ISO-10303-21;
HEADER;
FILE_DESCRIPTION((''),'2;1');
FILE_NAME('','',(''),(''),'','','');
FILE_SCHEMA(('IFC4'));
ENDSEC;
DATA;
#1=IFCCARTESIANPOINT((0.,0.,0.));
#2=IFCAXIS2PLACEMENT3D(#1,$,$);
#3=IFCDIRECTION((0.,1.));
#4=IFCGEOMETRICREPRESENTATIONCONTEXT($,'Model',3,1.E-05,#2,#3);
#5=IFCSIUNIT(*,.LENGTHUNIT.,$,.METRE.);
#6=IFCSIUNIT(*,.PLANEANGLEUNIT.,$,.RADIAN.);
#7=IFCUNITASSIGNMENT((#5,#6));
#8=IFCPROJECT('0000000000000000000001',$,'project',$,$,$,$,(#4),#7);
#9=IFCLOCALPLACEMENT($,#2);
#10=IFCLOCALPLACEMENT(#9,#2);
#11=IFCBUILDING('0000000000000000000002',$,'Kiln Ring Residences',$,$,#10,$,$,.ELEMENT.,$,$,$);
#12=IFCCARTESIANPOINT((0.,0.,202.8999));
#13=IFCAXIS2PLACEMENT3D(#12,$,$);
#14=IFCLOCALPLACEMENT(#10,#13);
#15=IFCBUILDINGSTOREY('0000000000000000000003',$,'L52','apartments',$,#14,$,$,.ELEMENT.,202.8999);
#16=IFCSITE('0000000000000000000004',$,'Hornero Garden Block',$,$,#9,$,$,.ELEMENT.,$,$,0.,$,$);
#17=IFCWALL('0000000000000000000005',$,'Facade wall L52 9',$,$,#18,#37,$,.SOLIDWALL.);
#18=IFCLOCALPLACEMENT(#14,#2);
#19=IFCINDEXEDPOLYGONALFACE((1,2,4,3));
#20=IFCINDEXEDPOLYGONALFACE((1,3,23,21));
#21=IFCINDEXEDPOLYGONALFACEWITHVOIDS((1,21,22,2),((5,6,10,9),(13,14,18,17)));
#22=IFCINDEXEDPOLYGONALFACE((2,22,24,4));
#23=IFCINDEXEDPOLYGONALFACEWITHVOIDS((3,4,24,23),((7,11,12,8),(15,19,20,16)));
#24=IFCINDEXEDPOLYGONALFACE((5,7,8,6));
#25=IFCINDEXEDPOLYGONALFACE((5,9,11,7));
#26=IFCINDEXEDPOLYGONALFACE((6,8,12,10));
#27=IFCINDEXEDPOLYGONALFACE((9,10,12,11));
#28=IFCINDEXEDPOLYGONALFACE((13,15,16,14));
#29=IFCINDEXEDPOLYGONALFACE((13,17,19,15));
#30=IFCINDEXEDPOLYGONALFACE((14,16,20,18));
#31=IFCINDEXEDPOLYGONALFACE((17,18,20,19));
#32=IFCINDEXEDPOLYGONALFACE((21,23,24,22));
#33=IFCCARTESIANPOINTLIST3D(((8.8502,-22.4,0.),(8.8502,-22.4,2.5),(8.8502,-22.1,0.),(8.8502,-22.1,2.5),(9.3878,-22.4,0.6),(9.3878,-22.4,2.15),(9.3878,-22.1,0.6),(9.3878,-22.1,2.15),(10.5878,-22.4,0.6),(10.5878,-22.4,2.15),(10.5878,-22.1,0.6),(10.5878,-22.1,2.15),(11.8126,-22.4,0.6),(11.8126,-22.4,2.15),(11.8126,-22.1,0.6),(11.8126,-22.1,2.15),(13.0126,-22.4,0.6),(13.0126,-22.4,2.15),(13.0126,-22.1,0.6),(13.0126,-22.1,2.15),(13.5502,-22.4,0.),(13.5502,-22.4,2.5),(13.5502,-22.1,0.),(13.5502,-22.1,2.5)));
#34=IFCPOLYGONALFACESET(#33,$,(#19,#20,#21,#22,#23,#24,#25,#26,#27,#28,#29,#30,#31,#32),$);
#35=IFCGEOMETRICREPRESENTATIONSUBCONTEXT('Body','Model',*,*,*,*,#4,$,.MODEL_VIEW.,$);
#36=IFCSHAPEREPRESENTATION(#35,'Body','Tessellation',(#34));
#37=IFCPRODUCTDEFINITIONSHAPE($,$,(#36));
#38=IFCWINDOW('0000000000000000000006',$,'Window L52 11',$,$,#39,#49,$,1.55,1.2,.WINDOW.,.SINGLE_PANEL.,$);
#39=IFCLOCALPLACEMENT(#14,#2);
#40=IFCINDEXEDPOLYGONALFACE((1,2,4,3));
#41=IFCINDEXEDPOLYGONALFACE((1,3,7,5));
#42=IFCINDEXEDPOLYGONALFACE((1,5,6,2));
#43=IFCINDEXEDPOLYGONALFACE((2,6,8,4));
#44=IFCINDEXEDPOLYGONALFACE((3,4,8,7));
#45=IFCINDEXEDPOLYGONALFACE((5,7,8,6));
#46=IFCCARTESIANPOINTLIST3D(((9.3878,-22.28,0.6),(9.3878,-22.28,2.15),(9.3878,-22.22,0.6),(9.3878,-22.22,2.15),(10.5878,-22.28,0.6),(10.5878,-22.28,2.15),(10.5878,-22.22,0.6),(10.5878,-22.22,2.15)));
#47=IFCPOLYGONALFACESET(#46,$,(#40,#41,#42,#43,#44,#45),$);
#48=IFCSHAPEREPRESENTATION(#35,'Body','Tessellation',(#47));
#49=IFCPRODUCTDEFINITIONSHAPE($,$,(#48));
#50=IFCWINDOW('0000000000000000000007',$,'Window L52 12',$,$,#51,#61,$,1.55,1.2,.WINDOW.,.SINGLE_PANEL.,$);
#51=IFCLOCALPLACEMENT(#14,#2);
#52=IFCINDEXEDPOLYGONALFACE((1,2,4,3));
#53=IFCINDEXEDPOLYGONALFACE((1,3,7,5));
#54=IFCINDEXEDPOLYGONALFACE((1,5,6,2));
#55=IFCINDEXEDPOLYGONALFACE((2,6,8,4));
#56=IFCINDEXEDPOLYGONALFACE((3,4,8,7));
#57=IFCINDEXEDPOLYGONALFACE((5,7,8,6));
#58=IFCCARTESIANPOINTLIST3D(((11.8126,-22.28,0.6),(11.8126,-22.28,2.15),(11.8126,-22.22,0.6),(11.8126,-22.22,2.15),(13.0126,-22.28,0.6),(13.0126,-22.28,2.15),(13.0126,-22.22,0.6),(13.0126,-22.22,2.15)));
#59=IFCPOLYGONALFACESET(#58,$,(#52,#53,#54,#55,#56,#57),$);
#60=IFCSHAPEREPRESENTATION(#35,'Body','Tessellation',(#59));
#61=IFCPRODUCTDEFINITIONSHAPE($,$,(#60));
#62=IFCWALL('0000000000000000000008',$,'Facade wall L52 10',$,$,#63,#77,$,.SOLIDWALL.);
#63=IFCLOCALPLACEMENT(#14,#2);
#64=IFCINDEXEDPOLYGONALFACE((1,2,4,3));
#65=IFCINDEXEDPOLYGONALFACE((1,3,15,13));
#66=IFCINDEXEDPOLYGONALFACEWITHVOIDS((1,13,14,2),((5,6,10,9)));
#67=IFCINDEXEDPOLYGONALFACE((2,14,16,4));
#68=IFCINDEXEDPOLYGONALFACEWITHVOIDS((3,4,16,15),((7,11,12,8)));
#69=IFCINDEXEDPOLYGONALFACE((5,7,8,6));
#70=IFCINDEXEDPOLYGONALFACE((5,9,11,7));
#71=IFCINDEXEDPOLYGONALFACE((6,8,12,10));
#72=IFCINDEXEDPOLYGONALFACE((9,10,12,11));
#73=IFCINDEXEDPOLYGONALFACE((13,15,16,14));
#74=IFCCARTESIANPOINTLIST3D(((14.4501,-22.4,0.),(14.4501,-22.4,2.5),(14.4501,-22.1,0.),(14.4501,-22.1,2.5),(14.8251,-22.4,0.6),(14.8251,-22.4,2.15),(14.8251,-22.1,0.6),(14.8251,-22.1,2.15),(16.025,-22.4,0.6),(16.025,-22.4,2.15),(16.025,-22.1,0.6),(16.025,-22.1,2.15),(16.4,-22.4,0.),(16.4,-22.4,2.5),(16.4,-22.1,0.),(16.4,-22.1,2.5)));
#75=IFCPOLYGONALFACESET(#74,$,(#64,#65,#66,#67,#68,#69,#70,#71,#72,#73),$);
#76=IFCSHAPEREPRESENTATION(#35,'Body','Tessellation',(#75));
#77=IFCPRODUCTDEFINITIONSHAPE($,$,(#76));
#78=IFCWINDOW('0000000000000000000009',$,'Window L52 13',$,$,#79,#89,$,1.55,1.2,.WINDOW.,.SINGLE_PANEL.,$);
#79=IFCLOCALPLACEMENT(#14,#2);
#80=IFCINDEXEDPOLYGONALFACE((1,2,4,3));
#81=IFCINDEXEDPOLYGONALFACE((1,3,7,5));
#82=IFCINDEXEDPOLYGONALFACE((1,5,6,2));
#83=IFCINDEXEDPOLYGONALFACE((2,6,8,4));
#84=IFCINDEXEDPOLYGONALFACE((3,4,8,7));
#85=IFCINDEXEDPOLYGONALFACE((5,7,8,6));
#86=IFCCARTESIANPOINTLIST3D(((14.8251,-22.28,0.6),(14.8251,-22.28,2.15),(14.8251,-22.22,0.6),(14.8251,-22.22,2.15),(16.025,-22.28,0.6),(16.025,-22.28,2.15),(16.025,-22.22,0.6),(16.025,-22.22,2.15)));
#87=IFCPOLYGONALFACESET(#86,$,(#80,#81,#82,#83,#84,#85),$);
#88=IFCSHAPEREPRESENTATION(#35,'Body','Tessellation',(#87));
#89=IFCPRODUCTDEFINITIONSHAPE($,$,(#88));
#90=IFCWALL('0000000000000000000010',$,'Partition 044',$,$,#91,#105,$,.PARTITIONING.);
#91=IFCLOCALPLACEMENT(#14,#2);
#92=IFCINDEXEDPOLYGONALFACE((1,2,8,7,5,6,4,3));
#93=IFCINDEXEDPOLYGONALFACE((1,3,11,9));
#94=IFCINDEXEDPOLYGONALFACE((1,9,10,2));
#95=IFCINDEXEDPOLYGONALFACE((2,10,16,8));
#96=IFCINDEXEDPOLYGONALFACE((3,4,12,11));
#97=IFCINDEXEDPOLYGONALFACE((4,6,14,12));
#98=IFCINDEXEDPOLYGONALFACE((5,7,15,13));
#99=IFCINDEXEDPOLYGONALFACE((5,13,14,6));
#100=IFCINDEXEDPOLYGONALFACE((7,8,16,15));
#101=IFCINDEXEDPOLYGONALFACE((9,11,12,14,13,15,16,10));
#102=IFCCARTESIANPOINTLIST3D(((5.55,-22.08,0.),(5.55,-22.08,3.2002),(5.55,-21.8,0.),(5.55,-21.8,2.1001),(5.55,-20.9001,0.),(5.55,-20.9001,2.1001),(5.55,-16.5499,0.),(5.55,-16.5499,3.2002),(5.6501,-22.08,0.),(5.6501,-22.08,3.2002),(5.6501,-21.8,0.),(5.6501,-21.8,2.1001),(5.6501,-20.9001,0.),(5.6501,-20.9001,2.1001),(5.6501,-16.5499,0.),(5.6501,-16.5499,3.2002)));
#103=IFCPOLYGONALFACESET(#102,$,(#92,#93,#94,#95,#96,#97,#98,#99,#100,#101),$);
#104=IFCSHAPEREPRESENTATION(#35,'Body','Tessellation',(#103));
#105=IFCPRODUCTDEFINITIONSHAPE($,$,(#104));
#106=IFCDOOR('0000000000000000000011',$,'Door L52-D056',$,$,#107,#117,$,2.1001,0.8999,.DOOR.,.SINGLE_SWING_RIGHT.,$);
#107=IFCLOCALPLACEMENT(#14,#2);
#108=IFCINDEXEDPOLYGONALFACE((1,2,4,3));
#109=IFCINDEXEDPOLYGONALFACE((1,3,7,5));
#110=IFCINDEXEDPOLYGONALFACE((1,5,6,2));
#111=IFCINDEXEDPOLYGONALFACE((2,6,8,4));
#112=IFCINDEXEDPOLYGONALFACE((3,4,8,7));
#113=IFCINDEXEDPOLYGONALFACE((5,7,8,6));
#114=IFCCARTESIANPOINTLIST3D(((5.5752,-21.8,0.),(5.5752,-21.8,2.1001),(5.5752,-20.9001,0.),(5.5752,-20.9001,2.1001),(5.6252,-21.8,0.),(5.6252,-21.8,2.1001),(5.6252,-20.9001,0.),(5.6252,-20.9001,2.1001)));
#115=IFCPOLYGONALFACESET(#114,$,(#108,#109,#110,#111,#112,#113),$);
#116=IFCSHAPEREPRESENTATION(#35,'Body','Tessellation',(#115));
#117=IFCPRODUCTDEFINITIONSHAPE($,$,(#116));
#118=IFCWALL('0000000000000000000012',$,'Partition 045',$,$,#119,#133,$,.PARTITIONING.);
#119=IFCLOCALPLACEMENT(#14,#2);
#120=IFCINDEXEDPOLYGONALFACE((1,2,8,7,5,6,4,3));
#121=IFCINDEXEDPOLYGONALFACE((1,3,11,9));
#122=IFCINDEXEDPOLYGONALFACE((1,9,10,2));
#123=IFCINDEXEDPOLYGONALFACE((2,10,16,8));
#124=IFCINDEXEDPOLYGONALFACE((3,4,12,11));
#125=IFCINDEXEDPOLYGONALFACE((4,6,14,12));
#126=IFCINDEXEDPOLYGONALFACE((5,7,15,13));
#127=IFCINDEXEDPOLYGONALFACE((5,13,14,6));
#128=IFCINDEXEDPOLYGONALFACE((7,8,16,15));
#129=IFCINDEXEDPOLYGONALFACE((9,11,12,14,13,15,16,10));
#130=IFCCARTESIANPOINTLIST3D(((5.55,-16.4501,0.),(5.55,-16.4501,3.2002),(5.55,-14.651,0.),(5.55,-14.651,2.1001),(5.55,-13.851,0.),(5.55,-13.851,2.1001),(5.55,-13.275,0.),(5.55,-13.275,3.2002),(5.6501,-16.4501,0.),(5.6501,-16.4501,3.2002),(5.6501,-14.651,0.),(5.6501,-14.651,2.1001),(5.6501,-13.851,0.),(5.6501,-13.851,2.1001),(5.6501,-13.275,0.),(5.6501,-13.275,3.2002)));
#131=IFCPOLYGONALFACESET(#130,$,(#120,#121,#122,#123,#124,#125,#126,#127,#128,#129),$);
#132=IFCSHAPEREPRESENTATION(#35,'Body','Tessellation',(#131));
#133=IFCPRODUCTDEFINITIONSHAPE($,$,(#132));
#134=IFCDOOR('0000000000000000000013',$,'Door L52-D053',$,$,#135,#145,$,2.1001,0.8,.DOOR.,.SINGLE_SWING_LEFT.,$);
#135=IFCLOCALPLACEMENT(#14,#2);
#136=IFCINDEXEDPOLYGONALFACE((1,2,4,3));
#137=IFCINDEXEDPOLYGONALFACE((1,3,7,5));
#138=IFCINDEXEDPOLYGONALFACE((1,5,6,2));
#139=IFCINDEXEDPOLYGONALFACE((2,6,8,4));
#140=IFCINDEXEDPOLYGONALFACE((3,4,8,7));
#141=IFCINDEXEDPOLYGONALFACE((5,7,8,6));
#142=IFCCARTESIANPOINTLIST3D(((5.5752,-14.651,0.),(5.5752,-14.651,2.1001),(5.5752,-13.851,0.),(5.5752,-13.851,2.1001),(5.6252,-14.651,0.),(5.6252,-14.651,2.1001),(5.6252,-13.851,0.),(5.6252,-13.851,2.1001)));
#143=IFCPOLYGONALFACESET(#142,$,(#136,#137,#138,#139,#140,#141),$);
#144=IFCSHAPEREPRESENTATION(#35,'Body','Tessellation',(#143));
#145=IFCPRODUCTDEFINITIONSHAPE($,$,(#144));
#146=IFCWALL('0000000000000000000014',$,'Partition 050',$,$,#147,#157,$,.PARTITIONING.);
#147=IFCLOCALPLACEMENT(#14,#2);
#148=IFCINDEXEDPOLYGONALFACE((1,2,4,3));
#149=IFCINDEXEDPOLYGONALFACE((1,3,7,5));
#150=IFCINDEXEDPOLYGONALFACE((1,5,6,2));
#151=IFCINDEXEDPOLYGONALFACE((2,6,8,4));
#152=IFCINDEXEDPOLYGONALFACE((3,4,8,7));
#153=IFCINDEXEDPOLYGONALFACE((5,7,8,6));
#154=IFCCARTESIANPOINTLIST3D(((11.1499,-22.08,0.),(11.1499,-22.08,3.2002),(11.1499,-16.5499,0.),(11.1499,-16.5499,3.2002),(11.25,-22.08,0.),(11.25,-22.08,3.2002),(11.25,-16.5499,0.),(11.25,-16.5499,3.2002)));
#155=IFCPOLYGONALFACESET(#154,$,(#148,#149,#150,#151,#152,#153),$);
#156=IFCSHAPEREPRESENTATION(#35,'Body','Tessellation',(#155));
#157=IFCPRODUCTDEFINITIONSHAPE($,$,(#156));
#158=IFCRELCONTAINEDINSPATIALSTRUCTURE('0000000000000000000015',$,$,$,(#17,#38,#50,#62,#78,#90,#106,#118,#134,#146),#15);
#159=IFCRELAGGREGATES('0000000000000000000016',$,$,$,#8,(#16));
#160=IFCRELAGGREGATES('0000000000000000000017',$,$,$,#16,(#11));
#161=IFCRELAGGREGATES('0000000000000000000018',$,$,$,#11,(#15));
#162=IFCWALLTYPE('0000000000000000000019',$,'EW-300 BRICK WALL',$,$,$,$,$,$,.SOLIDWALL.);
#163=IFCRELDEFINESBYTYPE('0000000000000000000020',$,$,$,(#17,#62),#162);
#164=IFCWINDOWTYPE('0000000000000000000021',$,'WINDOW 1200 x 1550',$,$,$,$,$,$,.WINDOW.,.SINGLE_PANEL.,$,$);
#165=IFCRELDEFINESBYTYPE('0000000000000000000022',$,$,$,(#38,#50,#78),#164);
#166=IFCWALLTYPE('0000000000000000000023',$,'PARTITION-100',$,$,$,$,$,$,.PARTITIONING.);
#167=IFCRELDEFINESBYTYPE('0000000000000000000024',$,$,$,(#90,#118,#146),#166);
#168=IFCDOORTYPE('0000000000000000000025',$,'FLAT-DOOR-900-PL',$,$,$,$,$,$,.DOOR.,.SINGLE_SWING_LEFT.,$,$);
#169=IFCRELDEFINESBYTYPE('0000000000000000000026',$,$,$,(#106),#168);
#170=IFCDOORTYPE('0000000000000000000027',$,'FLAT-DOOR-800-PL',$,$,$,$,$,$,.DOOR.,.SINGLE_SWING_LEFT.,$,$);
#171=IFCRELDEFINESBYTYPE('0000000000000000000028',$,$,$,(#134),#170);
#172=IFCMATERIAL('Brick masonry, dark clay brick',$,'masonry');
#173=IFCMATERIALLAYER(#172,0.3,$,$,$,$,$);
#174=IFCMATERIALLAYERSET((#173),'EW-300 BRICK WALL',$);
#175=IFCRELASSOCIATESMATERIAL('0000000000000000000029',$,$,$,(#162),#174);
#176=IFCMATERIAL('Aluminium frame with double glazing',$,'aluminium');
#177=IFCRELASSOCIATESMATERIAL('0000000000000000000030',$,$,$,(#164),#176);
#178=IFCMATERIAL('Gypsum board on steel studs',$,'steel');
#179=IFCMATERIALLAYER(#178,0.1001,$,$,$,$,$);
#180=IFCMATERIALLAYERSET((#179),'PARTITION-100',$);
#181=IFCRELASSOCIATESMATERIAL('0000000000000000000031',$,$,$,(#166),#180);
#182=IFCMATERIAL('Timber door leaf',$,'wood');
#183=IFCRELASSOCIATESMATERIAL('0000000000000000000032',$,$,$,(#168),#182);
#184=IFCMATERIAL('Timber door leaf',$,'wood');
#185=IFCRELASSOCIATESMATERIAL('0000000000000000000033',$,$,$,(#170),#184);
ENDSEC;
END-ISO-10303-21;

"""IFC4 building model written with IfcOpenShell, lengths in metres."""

from ifc_helpers import new_model, si_unit, direction, frame, frame_2d, origin, place, context, subcontext, project, spatial, rectangle, extrude, material, layer, layer_set, type_object, element, fill, save


model = new_model("IFC4")

# Units and contexts
model_context = context("Model", 3, precision=1e-05, world=origin(), true_north=direction((0.0, 1.0)))
body_context = subcontext(model_context, "Body", "Model", "MODEL_VIEW")
ifc_project = project(units=[si_unit("LENGTHUNIT", "METRE"), si_unit("PLANEANGLEUNIT", "RADIAN")], contexts=[model_context])

# Site, building, storey
site_placement = place(None, origin())
site = spatial("IfcSite", under=ifc_project, at=site_placement, Name="Hornero Garden Block", CompositionType="ELEMENT", RefElevation=0.0)
building_placement = place(site_placement, origin())
building = spatial("IfcBuilding", under=site, at=building_placement, Name="Kiln Ring Residences", CompositionType="ELEMENT")
storey_placement = place(building_placement, frame((0.0, 0.0, 202.8999)))
storey = spatial("IfcBuildingStorey", under=building, at=storey_placement, Name="L52", Description="apartments", CompositionType="ELEMENT", Elevation=202.8999)

# Wall, openings, windows
ifc_material_1 = material(Name="Brick masonry, dark clay brick", Category="masonry")
ifc_layer_1 = layer(ifc_material_1, 0.3)
ifc_layer_set_1 = layer_set([ifc_layer_1], Name="EW-300 BRICK WALL")
wall_type_1 = type_object("IfcWallType", Name="EW-300 BRICK WALL", PredefinedType="SOLIDWALL", material=ifc_layer_set_1)
ifc_material_2 = material(Name="Aluminium frame with double glazing", Category="aluminium")
window_type = type_object("IfcWindowType", Name="WINDOW 1200 x 1550", PartitioningType="SINGLE_PANEL", PredefinedType="WINDOW", material=ifc_material_2)
wall_1_placement = place(storey_placement, frame((8.8501, -22.25, 0.0), z_axis=(0.0, 0.0, 1.0), x_axis=(1.0, 0.0, 0.0)))
wall_1 = element("IfcWall", 1, at=wall_1_placement, inside=storey, type_object=wall_type_1, Name="Facade wall L52 9", PredefinedType="SOLIDWALL", context=body_context, shape_type="SweptSolid", body=[
    extrude(rectangle(XDim=4.7, YDim=0.3, at=frame_2d((2.3501, 0.0))), origin(), (0.0, 0.0, 1.0), 2.5),
])
opening_1_placement = place(wall_1_placement, frame((0.5376, 0.0, 0.6001)))
opening_1 = element("IfcOpeningElement", 2, at=opening_1_placement, cuts=wall_1, PredefinedType="OPENING", context=body_context, shape_type="SweptSolid", body=[
    extrude(rectangle(XDim=1.2, YDim=1.55, at=frame_2d((0.6001, 0.7749))), frame((0.0, 0.1599, 0.0), z_axis=(0.0, -1.0, 0.0), x_axis=(1.0, 0.0, 0.0)), (0.0, 0.0, 1.0), 0.3201),
])
opening_2_placement = place(wall_1_placement, frame((2.9624, 0.0, 0.6001)))
opening_2 = element("IfcOpeningElement", 3, at=opening_2_placement, cuts=wall_1, PredefinedType="OPENING", context=body_context, shape_type="SweptSolid", body=[
    extrude(rectangle(XDim=1.2, YDim=1.55, at=frame_2d((0.6001, 0.7749))), frame((0.0, 0.1599, 0.0), z_axis=(0.0, -1.0, 0.0), x_axis=(1.0, 0.0, 0.0)), (0.0, 0.0, 1.0), 0.3201),
])
window_1_placement = place(opening_1_placement, origin())
window_1 = element("IfcWindow", 4, at=window_1_placement, inside=storey, type_object=window_type, Name="Window L52 11", OverallHeight=1.55, OverallWidth=1.2, PartitioningType="SINGLE_PANEL", PredefinedType="WINDOW", context=body_context, shape_type="SweptSolid", body=[
    extrude(rectangle(XDim=1.2, YDim=1.55, at=frame_2d((0.6001, 0.7749))), frame((0.0, 0.03, 0.0), z_axis=(0.0, -1.0, 0.0), x_axis=(1.0, 0.0, 0.0)), (0.0, 0.0, 1.0), 0.0601),
])
fill(opening_1, window_1)
window_2_placement = place(opening_2_placement, origin())
window_2 = element("IfcWindow", 5, at=window_2_placement, inside=storey, type_object=window_type, Name="Window L52 12", OverallHeight=1.55, OverallWidth=1.2, PartitioningType="SINGLE_PANEL", PredefinedType="WINDOW", context=body_context, shape_type="SweptSolid", body=[
    extrude(rectangle(XDim=1.2, YDim=1.55, at=frame_2d((0.6001, 0.7749))), frame((0.0, 0.03, 0.0), z_axis=(0.0, -1.0, 0.0), x_axis=(1.0, 0.0, 0.0)), (0.0, 0.0, 1.0), 0.0601),
])
fill(opening_2, window_2)

# Wall, opening, window
wall_2_placement = place(storey_placement, frame((14.45, -22.25, 0.0), z_axis=(0.0, 0.0, 1.0), x_axis=(1.0, 0.0, 0.0)))
wall_2 = element("IfcWall", 6, at=wall_2_placement, inside=storey, type_object=wall_type_1, Name="Facade wall L52 10", PredefinedType="SOLIDWALL", context=body_context, shape_type="SweptSolid", body=[
    extrude(rectangle(XDim=1.95, YDim=0.3, at=frame_2d((0.9751, 0.0))), origin(), (0.0, 0.0, 1.0), 2.5),
])
opening_3_placement = place(wall_2_placement, frame((0.375, 0.0, 0.6001)))
opening_3 = element("IfcOpeningElement", 7, at=opening_3_placement, cuts=wall_2, PredefinedType="OPENING", context=body_context, shape_type="SweptSolid", body=[
    extrude(rectangle(XDim=1.2, YDim=1.55, at=frame_2d((0.6001, 0.7749))), frame((0.0, 0.1599, 0.0), z_axis=(0.0, -1.0, 0.0), x_axis=(1.0, 0.0, 0.0)), (0.0, 0.0, 1.0), 0.3201),
])
window_3_placement = place(opening_3_placement, origin())
window_3 = element("IfcWindow", 8, at=window_3_placement, inside=storey, type_object=window_type, Name="Window L52 13", OverallHeight=1.55, OverallWidth=1.2, PartitioningType="SINGLE_PANEL", PredefinedType="WINDOW", context=body_context, shape_type="SweptSolid", body=[
    extrude(rectangle(XDim=1.2, YDim=1.55, at=frame_2d((0.6001, 0.7749))), frame((0.0, 0.03, 0.0), z_axis=(0.0, -1.0, 0.0), x_axis=(1.0, 0.0, 0.0)), (0.0, 0.0, 1.0), 0.0601),
])
fill(opening_3, window_3)

# Walls, openings, doors
ifc_material_3 = material(Name="Gypsum board on steel studs", Category="steel")
ifc_layer_2 = layer(ifc_material_3, 0.1001)
ifc_layer_set_2 = layer_set([ifc_layer_2], Name="PARTITION-100")
wall_type_2 = type_object("IfcWallType", Name="PARTITION-100", PredefinedType="PARTITIONING", material=ifc_layer_set_2)
wall_3_placement = place(storey_placement, frame((5.6001, -22.0801, 0.0), z_axis=(0.0, 0.0, 1.0), x_axis=(0.0, 1.0, 0.0)))
wall_3 = element("IfcWall", 9, at=wall_3_placement, inside=storey, type_object=wall_type_2, Name="Partition 044", PredefinedType="PARTITIONING", context=body_context, shape_type="SweptSolid", body=[
    extrude(rectangle(XDim=5.53, YDim=0.1001, at=frame_2d((2.7651, 0.0))), origin(), (0.0, 0.0, 1.0), 3.2002),
])
opening_4_placement = place(wall_3_placement, frame((0.28, 0.0, 0.0)))
opening_4 = element("IfcOpeningElement", 10, at=opening_4_placement, cuts=wall_3, PredefinedType="OPENING", context=body_context, shape_type="SweptSolid", body=[
    extrude(rectangle(XDim=0.8999, YDim=2.1001, at=frame_2d((0.45, 1.05))), frame((0.0, 0.0601, 0.0), z_axis=(0.0, -1.0, 0.0), x_axis=(1.0, 0.0, 0.0)), (0.0, 0.0, 1.0), 0.1201),
])
ifc_material_4 = material(Name="Timber door leaf", Category="wood")
door_type_1 = type_object("IfcDoorType", Name="FLAT-DOOR-900-PL", OperationType="SINGLE_SWING_LEFT", PredefinedType="DOOR", material=ifc_material_4)
door_1_placement = place(opening_4_placement, origin())
door_1 = element("IfcDoor", 11, at=door_1_placement, inside=storey, type_object=door_type_1, Name="Door L52-D056", OperationType="SINGLE_SWING_RIGHT", OverallHeight=2.1001, OverallWidth=0.8999, PredefinedType="DOOR", context=body_context, shape_type="SweptSolid", body=[
    extrude(rectangle(XDim=0.8999, YDim=2.1001, at=frame_2d((0.45, 1.05))), frame((0.0, 0.0249, 0.0), z_axis=(0.0, -1.0, 0.0), x_axis=(1.0, 0.0, 0.0)), (0.0, 0.0, 1.0), 0.05),
])
fill(opening_4, door_1)
wall_4_placement = place(storey_placement, frame((5.6001, -16.45, 0.0), z_axis=(0.0, 0.0, 1.0), x_axis=(0.0, 1.0, 0.0)))
wall_4 = element("IfcWall", 12, at=wall_4_placement, inside=storey, type_object=wall_type_2, Name="Partition 045", PredefinedType="PARTITIONING", context=body_context, shape_type="SweptSolid", body=[
    extrude(rectangle(XDim=3.175, YDim=0.1001, at=frame_2d((1.5874, 0.0))), origin(), (0.0, 0.0, 1.0), 3.2002),
])
opening_5_placement = place(wall_4_placement, frame((1.7991, 0.0, 0.0)))
opening_5 = element("IfcOpeningElement", 13, at=opening_5_placement, cuts=wall_4, PredefinedType="OPENING", context=body_context, shape_type="SweptSolid", body=[
    extrude(rectangle(XDim=0.8, YDim=2.1001, at=frame_2d((0.3999, 1.05))), frame((0.0, 0.0601, 0.0), z_axis=(0.0, -1.0, 0.0), x_axis=(1.0, 0.0, 0.0)), (0.0, 0.0, 1.0), 0.1201),
])
ifc_material_5 = material(Name="Timber door leaf", Category="wood")
door_type_2 = type_object("IfcDoorType", Name="FLAT-DOOR-800-PL", OperationType="SINGLE_SWING_LEFT", PredefinedType="DOOR", material=ifc_material_5)
door_2_placement = place(opening_5_placement, origin())
door_2 = element("IfcDoor", 14, at=door_2_placement, inside=storey, type_object=door_type_2, Name="Door L52-D053", OperationType="SINGLE_SWING_LEFT", OverallHeight=2.1001, OverallWidth=0.8, PredefinedType="DOOR", context=body_context, shape_type="SweptSolid", body=[
    extrude(rectangle(XDim=0.8, YDim=2.1001, at=frame_2d((0.3999, 1.05))), frame((0.0, 0.0249, 0.0), z_axis=(0.0, -1.0, 0.0), x_axis=(1.0, 0.0, 0.0)), (0.0, 0.0, 1.0), 0.05),
])
fill(opening_5, door_2)

# Wall
wall_5_placement = place(storey_placement, frame((11.2, -22.0801, 0.0), z_axis=(0.0, 0.0, 1.0), x_axis=(0.0, 1.0, 0.0)))
element("IfcWall", 15, at=wall_5_placement, inside=storey, type_object=wall_type_2, Name="Partition 050", PredefinedType="PARTITIONING", context=body_context, shape_type="SweptSolid", body=[
    extrude(rectangle(XDim=5.53, YDim=0.1001, at=frame_2d((2.7651, 0.0))), origin(), (0.0, 0.0, 1.0), 3.2002),
])

save(model, "model.ifc")
